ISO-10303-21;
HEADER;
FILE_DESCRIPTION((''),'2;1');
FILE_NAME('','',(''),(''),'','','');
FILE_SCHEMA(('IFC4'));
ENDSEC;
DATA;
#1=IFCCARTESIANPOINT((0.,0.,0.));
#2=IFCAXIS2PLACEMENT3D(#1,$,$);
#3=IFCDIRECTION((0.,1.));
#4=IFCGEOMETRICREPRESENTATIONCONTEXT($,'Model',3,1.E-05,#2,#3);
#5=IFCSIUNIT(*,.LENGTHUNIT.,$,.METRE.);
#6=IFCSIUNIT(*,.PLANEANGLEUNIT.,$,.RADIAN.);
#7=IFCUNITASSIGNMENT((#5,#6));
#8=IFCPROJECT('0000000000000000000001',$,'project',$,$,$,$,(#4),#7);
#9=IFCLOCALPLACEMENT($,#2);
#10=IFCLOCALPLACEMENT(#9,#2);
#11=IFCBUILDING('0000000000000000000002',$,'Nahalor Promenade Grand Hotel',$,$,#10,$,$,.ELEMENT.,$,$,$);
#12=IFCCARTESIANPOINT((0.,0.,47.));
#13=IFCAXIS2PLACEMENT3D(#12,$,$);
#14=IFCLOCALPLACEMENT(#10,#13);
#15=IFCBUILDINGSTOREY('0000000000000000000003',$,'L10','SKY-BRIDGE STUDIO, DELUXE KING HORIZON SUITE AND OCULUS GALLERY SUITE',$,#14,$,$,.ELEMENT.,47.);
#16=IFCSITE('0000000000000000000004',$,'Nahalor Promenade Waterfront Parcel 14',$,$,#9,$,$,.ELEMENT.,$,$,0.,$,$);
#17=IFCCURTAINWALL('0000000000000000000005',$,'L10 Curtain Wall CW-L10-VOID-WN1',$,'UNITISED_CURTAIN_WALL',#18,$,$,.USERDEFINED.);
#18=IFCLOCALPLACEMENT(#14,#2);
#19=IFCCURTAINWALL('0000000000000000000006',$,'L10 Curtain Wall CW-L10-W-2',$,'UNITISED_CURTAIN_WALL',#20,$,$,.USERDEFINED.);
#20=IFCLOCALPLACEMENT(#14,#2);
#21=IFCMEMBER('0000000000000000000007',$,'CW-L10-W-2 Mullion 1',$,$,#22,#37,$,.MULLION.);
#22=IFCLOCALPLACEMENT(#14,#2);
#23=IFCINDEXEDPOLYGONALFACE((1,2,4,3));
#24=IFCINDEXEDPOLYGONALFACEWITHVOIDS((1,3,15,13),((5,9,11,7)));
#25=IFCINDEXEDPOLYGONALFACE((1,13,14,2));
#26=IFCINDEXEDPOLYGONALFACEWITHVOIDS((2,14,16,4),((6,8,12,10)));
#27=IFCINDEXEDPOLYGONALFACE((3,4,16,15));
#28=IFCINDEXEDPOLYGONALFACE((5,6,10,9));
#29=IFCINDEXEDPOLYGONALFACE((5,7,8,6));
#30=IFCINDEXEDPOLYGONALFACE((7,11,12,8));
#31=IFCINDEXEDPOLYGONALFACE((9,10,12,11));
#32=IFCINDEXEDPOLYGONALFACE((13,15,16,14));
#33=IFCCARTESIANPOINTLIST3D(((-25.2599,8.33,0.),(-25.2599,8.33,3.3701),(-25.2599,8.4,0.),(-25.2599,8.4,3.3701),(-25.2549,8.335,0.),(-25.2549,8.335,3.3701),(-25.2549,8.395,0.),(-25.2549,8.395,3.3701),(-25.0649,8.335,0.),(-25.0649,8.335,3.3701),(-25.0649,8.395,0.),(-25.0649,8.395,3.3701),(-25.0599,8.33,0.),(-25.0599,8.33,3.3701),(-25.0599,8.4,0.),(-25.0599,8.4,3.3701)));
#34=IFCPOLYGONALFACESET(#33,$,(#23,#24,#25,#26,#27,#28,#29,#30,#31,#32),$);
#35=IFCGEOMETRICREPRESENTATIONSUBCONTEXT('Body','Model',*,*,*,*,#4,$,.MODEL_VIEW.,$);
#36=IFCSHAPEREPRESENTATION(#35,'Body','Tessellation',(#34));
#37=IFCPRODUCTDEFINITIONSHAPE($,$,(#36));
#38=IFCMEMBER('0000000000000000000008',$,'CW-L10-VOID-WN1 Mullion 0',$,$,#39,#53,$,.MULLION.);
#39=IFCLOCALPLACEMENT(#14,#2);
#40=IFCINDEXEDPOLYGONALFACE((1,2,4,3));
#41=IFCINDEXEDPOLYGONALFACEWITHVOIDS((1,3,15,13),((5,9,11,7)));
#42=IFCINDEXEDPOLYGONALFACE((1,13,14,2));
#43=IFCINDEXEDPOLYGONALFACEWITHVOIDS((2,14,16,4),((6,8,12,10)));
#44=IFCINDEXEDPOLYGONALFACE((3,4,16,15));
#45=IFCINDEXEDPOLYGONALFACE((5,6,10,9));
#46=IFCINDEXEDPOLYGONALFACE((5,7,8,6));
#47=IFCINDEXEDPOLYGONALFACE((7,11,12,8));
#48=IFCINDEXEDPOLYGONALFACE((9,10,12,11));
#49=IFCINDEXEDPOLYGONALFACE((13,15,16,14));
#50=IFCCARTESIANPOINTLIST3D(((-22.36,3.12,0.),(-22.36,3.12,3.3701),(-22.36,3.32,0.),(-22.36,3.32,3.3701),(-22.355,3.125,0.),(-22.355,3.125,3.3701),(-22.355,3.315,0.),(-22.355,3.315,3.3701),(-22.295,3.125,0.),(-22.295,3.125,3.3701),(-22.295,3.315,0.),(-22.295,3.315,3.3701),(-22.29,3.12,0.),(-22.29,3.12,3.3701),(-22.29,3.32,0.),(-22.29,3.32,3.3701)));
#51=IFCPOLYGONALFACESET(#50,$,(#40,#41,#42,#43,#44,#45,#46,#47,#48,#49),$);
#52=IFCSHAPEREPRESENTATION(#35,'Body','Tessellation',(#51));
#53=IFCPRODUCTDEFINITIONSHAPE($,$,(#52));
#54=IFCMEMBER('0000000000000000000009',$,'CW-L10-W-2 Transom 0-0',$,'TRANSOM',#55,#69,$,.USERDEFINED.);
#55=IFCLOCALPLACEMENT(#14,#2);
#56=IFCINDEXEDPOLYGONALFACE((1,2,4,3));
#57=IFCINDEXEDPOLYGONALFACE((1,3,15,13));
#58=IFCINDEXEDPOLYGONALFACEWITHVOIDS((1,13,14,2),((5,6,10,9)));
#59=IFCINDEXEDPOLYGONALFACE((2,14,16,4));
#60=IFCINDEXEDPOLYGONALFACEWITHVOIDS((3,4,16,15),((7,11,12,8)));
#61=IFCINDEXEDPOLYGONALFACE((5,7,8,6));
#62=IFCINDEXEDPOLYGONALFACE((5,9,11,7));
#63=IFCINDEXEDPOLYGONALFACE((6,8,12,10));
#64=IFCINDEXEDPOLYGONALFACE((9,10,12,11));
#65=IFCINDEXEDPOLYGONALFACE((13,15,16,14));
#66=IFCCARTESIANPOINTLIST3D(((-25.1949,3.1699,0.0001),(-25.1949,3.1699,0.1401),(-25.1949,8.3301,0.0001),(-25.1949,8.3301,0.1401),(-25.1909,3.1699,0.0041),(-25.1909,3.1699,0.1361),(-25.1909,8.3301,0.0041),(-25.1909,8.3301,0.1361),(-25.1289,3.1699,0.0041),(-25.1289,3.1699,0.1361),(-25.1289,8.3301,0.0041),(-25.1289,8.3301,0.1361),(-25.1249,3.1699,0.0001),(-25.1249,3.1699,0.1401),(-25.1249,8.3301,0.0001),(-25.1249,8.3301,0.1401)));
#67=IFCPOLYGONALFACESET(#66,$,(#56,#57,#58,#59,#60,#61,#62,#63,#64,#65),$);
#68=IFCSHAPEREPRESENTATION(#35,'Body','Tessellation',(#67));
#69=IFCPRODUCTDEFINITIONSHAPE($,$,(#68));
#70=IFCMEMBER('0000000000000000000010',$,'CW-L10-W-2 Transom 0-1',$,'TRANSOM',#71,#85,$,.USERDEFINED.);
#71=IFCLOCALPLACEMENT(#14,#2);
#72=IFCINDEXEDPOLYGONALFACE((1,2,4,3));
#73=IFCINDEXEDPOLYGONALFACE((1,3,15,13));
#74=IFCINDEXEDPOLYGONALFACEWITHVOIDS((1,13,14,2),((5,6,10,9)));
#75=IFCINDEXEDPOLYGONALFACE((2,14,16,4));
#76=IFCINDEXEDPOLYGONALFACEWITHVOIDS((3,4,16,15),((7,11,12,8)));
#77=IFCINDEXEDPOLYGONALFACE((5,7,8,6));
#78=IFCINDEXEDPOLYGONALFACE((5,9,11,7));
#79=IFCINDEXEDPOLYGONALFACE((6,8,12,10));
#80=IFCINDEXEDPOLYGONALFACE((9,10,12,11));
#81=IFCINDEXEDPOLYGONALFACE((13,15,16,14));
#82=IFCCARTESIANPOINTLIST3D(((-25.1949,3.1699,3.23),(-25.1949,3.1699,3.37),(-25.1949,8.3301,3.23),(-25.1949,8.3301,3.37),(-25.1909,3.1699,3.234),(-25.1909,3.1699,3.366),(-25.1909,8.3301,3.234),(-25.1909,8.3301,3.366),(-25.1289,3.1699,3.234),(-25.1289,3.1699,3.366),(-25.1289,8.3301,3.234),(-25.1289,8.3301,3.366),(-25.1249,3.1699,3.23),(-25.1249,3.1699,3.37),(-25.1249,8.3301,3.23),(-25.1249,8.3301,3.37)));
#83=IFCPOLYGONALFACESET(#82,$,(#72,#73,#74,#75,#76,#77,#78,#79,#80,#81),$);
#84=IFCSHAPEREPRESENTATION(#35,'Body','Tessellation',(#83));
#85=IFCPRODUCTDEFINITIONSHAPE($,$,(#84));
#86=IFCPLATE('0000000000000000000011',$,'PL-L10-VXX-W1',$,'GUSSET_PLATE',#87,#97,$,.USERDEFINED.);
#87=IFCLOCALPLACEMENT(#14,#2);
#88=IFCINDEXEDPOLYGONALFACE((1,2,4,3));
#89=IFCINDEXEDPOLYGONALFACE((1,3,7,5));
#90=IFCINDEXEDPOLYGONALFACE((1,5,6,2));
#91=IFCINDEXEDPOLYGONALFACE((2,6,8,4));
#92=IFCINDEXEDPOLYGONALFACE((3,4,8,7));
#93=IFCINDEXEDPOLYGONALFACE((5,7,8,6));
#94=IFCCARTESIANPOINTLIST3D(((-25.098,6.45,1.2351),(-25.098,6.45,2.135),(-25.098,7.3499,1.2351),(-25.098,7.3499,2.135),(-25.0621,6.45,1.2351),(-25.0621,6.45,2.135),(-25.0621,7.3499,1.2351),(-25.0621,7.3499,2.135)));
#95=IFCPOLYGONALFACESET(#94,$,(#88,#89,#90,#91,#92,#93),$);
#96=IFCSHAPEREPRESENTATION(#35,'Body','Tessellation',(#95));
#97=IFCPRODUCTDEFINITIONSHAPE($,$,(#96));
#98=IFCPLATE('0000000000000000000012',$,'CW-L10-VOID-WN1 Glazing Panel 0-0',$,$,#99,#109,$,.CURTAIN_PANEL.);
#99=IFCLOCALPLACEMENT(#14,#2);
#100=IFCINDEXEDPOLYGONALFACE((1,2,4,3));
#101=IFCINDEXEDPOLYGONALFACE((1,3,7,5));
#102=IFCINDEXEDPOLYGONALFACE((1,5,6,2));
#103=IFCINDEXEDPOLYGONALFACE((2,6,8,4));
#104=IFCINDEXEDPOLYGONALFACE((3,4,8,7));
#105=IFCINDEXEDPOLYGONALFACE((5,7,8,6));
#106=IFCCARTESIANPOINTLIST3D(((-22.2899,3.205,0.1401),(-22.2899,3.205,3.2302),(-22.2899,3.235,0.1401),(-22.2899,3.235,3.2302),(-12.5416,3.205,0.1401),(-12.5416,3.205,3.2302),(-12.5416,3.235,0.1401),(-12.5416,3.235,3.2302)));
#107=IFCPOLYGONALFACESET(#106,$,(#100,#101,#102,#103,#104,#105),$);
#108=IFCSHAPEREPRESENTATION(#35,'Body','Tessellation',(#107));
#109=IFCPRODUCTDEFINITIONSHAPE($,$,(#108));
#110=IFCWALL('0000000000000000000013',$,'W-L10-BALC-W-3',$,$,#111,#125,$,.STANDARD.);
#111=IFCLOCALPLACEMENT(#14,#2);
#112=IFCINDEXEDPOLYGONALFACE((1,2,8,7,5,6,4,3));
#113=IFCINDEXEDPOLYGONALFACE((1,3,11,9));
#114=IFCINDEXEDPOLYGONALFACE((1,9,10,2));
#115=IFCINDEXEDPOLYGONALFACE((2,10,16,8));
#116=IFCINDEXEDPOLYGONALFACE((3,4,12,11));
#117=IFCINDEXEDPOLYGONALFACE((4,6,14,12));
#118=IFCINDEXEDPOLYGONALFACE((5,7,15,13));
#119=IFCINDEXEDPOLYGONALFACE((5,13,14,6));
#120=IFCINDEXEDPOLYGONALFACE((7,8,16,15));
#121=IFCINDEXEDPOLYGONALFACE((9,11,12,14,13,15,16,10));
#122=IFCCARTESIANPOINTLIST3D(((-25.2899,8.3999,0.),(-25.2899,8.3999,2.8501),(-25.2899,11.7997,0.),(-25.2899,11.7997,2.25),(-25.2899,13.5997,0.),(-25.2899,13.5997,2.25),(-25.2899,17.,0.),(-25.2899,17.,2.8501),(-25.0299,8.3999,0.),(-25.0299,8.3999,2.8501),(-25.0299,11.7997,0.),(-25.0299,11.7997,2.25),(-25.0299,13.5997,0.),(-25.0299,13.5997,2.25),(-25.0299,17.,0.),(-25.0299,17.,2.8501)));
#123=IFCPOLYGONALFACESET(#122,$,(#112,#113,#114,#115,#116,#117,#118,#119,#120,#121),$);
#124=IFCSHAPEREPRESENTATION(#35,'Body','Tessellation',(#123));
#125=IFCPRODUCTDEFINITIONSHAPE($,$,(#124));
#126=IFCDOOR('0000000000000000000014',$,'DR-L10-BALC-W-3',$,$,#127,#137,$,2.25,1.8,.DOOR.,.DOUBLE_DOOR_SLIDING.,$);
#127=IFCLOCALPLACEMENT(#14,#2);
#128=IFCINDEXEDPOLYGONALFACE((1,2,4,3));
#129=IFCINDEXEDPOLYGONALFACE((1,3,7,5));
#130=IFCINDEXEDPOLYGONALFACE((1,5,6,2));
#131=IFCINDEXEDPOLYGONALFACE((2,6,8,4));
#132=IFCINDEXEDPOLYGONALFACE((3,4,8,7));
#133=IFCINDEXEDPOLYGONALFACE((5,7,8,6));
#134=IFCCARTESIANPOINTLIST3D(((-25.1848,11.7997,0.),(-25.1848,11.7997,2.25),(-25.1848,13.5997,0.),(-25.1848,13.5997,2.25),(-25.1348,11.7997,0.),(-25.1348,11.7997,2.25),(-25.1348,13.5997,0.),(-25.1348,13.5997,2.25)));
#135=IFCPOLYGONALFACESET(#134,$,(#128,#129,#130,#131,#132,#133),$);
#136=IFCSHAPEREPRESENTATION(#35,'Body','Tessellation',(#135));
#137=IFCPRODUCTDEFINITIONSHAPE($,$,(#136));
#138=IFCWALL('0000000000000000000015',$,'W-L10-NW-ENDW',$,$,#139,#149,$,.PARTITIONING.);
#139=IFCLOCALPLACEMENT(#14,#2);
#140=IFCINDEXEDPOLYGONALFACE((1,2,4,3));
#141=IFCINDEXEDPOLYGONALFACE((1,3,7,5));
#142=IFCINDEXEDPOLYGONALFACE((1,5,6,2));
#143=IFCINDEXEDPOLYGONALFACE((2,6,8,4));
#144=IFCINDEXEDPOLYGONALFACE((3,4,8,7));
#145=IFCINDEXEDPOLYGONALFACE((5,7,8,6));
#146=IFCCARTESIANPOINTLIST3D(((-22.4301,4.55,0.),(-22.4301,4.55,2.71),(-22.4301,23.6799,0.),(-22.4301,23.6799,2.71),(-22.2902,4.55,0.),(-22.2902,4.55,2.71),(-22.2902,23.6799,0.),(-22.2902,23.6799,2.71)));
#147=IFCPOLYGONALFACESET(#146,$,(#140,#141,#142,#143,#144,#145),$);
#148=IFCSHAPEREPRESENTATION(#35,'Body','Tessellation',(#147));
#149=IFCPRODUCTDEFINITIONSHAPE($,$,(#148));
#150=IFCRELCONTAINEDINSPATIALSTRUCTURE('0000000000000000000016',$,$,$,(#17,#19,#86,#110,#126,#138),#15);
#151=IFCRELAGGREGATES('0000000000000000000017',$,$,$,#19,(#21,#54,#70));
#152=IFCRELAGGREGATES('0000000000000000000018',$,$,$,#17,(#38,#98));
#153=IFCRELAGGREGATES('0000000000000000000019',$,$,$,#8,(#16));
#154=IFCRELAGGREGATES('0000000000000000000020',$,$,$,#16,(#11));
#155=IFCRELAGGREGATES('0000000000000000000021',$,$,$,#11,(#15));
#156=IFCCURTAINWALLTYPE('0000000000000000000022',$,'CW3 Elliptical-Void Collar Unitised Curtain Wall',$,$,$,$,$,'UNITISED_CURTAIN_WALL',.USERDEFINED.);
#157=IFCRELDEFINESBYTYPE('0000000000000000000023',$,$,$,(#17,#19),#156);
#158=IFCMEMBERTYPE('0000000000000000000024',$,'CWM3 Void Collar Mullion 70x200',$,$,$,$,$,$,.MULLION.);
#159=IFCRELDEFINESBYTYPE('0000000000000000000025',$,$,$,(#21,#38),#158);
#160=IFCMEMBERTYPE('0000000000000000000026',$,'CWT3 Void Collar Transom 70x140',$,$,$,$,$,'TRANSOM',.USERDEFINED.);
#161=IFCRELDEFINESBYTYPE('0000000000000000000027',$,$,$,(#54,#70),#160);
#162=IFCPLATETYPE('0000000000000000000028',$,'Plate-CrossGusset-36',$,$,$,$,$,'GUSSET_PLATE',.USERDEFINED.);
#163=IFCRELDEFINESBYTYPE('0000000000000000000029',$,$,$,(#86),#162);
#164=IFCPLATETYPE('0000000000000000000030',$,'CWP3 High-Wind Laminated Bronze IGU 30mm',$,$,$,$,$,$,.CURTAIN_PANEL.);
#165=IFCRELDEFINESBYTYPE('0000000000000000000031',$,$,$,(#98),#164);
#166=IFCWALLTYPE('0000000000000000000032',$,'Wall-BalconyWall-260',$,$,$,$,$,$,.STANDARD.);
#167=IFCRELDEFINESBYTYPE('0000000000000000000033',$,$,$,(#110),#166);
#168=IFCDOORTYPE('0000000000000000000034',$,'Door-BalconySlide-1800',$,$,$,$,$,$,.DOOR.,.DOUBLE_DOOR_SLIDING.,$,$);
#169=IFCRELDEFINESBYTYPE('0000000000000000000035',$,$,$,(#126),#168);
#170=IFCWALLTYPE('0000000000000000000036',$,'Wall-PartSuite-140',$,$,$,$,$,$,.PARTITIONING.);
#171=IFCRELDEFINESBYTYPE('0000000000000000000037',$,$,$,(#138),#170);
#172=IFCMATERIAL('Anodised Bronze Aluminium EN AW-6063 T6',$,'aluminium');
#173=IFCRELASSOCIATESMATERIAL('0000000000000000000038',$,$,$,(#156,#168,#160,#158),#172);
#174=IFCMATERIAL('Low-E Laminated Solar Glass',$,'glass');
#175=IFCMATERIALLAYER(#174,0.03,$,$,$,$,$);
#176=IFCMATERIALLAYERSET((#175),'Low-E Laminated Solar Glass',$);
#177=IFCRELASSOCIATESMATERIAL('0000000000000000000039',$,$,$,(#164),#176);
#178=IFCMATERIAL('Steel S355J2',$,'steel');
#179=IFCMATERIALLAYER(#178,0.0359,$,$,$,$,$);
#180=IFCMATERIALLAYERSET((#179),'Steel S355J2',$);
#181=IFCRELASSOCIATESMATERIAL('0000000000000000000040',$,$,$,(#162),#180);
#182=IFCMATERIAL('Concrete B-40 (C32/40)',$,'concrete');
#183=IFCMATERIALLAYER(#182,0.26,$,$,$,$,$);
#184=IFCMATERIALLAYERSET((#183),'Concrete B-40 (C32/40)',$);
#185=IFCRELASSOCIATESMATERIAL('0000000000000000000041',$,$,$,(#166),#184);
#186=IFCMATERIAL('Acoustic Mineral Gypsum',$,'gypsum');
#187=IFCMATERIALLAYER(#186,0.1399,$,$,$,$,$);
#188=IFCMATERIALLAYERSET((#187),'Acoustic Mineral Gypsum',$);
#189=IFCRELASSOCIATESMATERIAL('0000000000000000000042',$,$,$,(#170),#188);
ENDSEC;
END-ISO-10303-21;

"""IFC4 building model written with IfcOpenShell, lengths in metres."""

from ifc_helpers import new_model, si_unit, direction, frame, frame_2d, origin, origin_2d, place, context, subcontext, project, spatial, rectangle, hollow_rectangle, extrude, source, transform, mapped, material, layer, layer_set, material_profile, profile_set, type_object, element, fill, aggregate, save


model = new_model("IFC4")

# Units and contexts
model_context = context("Model", 3, precision=1e-05, world=origin(), true_north=direction((0.0, 1.0)))
body_context = subcontext(model_context, "Body", "Model", "MODEL_VIEW")
ifc_project = project(units=[si_unit("LENGTHUNIT", "METRE"), si_unit("PLANEANGLEUNIT", "RADIAN")], contexts=[model_context])

# Site, building, storey
site_placement = place(None, origin())
site = spatial("IfcSite", under=ifc_project, at=site_placement, Name="Nahalor Promenade Waterfront Parcel 14", CompositionType="ELEMENT", RefElevation=0.0)
building_placement = place(site_placement, origin())
building = spatial("IfcBuilding", under=site, at=building_placement, Name="Nahalor Promenade Grand Hotel", CompositionType="ELEMENT")
storey_placement = place(building_placement, frame((0.0, 0.0, 47.0)))
storey = spatial("IfcBuildingStorey", under=building, at=storey_placement, Name="L10", Description="SKY-BRIDGE STUDIO, DELUXE KING HORIZON SUITE AND OCULUS GALLERY SUITE", CompositionType="ELEMENT", Elevation=47.0)

# Shared definitions
ifc_material_1 = material(Name="Steel S355J2", Category="steel")

# Curtain walls, member
ifc_material_2 = material(Name="Anodised Bronze Aluminium EN AW-6063 T6", Category="aluminium")
curtain_wall_type = type_object("IfcCurtainWallType", Name="CW3 Elliptical-Void Collar Unitised Curtain Wall", ElementType="UNITISED_CURTAIN_WALL", PredefinedType="USERDEFINED", material=ifc_material_2)
curtain_wall_1_placement = place(storey_placement, origin())
curtain_wall_1 = element("IfcCurtainWall", 1, at=curtain_wall_1_placement, inside=storey, type_object=curtain_wall_type, Name="L10 Curtain Wall CW-L10-VOID-WN1", ObjectType="UNITISED_CURTAIN_WALL", PredefinedType="USERDEFINED")
ifc_material_profile_1 = material_profile(ifc_material_2, hollow_rectangle(XDim=0.07, YDim=0.14, WallThickness=0.004, at=origin_2d()), Name="CWT 70x140x4")
ifc_profile_set_1 = profile_set([ifc_material_profile_1], Name="Anodised Bronze Aluminium EN AW-6063 T6")
member_type_1 = type_object("IfcMemberType", Name="CWT3 Void Collar Transom 70x140", ElementType="TRANSOM", PredefinedType="USERDEFINED", material=ifc_profile_set_1)
curtain_wall_2_placement = place(storey_placement, origin())
curtain_wall_2 = element("IfcCurtainWall", 2, at=curtain_wall_2_placement, inside=storey, type_object=curtain_wall_type, Name="L10 Curtain Wall CW-L10-W-2", ObjectType="UNITISED_CURTAIN_WALL", PredefinedType="USERDEFINED")
ifc_material_profile_2 = material_profile(ifc_material_2, hollow_rectangle(XDim=0.07, YDim=0.2, WallThickness=0.005, at=origin_2d()), Name="CWM 70x200x5")
ifc_profile_set_2 = profile_set([ifc_material_profile_2], Name="Anodised Bronze Aluminium EN AW-6063 T6")
member_type_2 = type_object("IfcMemberType", Name="CWM3 Void Collar Mullion 70x200", PredefinedType="MULLION", material=ifc_profile_set_2)
shared_shape_1 = source(origin(), body_context, "Body", "SweptSolid", [
    extrude(hollow_rectangle(XDim=0.07, YDim=0.2, WallThickness=0.005, at=origin_2d()), origin(), (0.0, 0.0, 1.0), 3.3701),
])
member_1_placement = place(storey_placement, frame((-25.1599, 8.365, 0.0), z_axis=(0.0, 0.0, 1.0), x_axis=(0.0, 1.0, 0.0)))
member_1 = element("IfcMember", 3, at=member_1_placement, type_object=member_type_2, Name="CW-L10-W-2 Mullion 1", PredefinedType="MULLION", context=body_context, shape_type="MappedRepresentation", body=[
    mapped(shared_shape_1, transform((0.0, 0.0, 0.0), scale=1.0)),
])

# Members
member_2_placement = place(storey_placement, frame((-22.325, 3.22, 0.0), z_axis=(0.0, 0.0, 1.0), x_axis=(1.0, 0.0, 0.0)))
member_2 = element("IfcMember", 4, at=member_2_placement, type_object=member_type_2, Name="CW-L10-VOID-WN1 Mullion 0", PredefinedType="MULLION", context=body_context, shape_type="MappedRepresentation", body=[
    mapped(shared_shape_1, transform((0.0, 0.0, 0.0), scale=1.0)),
])
shared_shape_2 = source(origin(), body_context, "Body", "SweptSolid", [
    extrude(hollow_rectangle(XDim=0.07, YDim=0.14, WallThickness=0.004, at=origin_2d()), origin(), (0.0, 0.0, 1.0), 5.1602),
])
member_3_placement = place(storey_placement, frame((-25.1599, 3.1699, 0.0701), z_axis=(0.0, 1.0, 0.0), x_axis=(-1.0, 0.0, 0.0)))
member_3 = element("IfcMember", 5, at=member_3_placement, type_object=member_type_1, Name="CW-L10-W-2 Transom 0-0", ObjectType="TRANSOM", PredefinedType="USERDEFINED", context=body_context, shape_type="MappedRepresentation", body=[
    mapped(shared_shape_2, transform((0.0, 0.0, 0.0), scale=1.0)),
])
member_4_placement = place(storey_placement, frame((-25.1599, 3.1699, 3.3), z_axis=(0.0, 1.0, 0.0), x_axis=(-1.0, 0.0, 0.0)))
member_4 = element("IfcMember", 6, at=member_4_placement, type_object=member_type_1, Name="CW-L10-W-2 Transom 0-1", ObjectType="TRANSOM", PredefinedType="USERDEFINED", context=body_context, shape_type="MappedRepresentation", body=[
    mapped(shared_shape_2, transform((0.0, 0.0, 0.0), scale=1.0)),
])

# Plates
ifc_material_3 = material(Name="Low-E Laminated Solar Glass", Category="glass")
ifc_layer_1 = layer(ifc_material_3, 0.03)
ifc_layer_set_1 = layer_set([ifc_layer_1], Name="Low-E Laminated Solar Glass")
plate_type_1 = type_object("IfcPlateType", Name="CWP3 High-Wind Laminated Bronze IGU 30mm", PredefinedType="CURTAIN_PANEL", material=ifc_layer_set_1)
aggregate(curtain_wall_2, [member_1, member_3, member_4])
ifc_layer_2 = layer(ifc_material_1, 0.0359)
ifc_layer_set_2 = layer_set([ifc_layer_2], Name="Steel S355J2")
plate_type_2 = type_object("IfcPlateType", Name="Plate-CrossGusset-36", ElementType="GUSSET_PLATE", PredefinedType="USERDEFINED", material=ifc_layer_set_2)
shared_shape_3 = source(origin(), body_context, "Body", "SweptSolid", [
    extrude(rectangle(XDim=0.8999, YDim=0.0359, at=origin_2d()), origin(), (0.0, 0.0, 1.0), 0.8999),
])
plate_1_placement = place(storey_placement, frame((-25.0801, 6.8999, 1.2351), z_axis=(0.0, 0.0, 1.0), x_axis=(0.0, 1.0, 0.0)))
element("IfcPlate", 7, at=plate_1_placement, inside=storey, type_object=plate_type_2, Name="PL-L10-VXX-W1", ObjectType="GUSSET_PLATE", PredefinedType="USERDEFINED", context=body_context, shape_type="MappedRepresentation", body=[
    mapped(shared_shape_3, transform((0.0, 0.0, 0.0), scale=1.0)),
])
shared_shape_4 = source(origin(), body_context, "Body", "SweptSolid", [
    extrude(rectangle(XDim=9.7483, YDim=0.03, at=origin_2d()), origin(), (0.0, 0.0, 1.0), 3.0901),
])
plate_2_placement = place(storey_placement, frame((-17.4158, 3.22, 0.1401), z_axis=(0.0, 0.0, 1.0), x_axis=(1.0, 0.0, 0.0)))
plate_2 = element("IfcPlate", 8, at=plate_2_placement, type_object=plate_type_1, Name="CW-L10-VOID-WN1 Glazing Panel 0-0", PredefinedType="CURTAIN_PANEL", context=body_context, shape_type="MappedRepresentation", body=[
    mapped(shared_shape_4, transform((0.0, 0.0, 0.0), scale=1.0)),
])
aggregate(curtain_wall_1, [member_2, plate_2])

# Wall, opening, door
ifc_material_4 = material(Name="Concrete B-40 (C32/40)", Category="concrete")
ifc_layer_3 = layer(ifc_material_4, 0.26)
ifc_layer_set_3 = layer_set([ifc_layer_3], Name="Concrete B-40 (C32/40)")
wall_type_1 = type_object("IfcWallType", Name="Wall-BalconyWall-260", PredefinedType="STANDARD", material=ifc_layer_set_3)
shared_shape_5 = source(origin(), body_context, "Body", "SweptSolid", [
    extrude(rectangle(XDim=8.6001, YDim=0.26, at=frame_2d((4.3, 0.0))), origin(), (0.0, 0.0, 1.0), 2.8501),
])
wall_1_placement = place(storey_placement, frame((-25.1599, 8.3999, 0.0), z_axis=(0.0, 0.0, 1.0), x_axis=(0.0, 1.0, 0.0)))
wall_1 = element("IfcWall", 9, at=wall_1_placement, inside=storey, type_object=wall_type_1, Name="W-L10-BALC-W-3", PredefinedType="STANDARD", context=body_context, shape_type="MappedRepresentation", body=[
    mapped(shared_shape_5, transform((0.0, 0.0, 0.0), scale=1.0)),
])
opening_1_placement = place(wall_1_placement, frame((3.3999, 0.0, 0.0)))
opening_1 = element("IfcOpeningElement", 10, at=opening_1_placement, cuts=wall_1, PredefinedType="OPENING", context=body_context, shape_type="SweptSolid", body=[
    extrude(rectangle(XDim=1.8, YDim=2.25, at=frame_2d((0.8999, 1.125))), frame((0.0, 0.1399, 0.0), z_axis=(0.0, -1.0, 0.0), x_axis=(1.0, 0.0, 0.0)), (0.0, 0.0, 1.0), 0.28),
])
door_type_1 = type_object("IfcDoorType", Name="Door-BalconySlide-1800", OperationType="DOUBLE_DOOR_SLIDING", PredefinedType="DOOR", material=ifc_material_2)
shared_shape_6 = source(origin(), body_context, "Body", "SweptSolid", [
    extrude(rectangle(XDim=1.8, YDim=2.25, at=frame_2d((0.8999, 1.125))), frame((0.0, 0.0249, 0.0), z_axis=(0.0, -1.0, 0.0), x_axis=(1.0, 0.0, 0.0)), (0.0, 0.0, 1.0), 0.05),
])
door_1_placement = place(opening_1_placement, origin())
door_1 = element("IfcDoor", 11, at=door_1_placement, inside=storey, type_object=door_type_1, Name="DR-L10-BALC-W-3", OperationType="DOUBLE_DOOR_SLIDING", OverallHeight=2.25, OverallWidth=1.8, PredefinedType="DOOR", context=body_context, shape_type="MappedRepresentation", body=[
    mapped(shared_shape_6, transform((0.0, 0.0, 0.0), scale=1.0)),
])
fill(opening_1, door_1)

# Shared definitions
ifc_material_5 = material(Name="Acoustic Mineral Gypsum", Category="gypsum")

# Wall
ifc_layer_4 = layer(ifc_material_5, 0.1399)
ifc_layer_set_4 = layer_set([ifc_layer_4], Name="Acoustic Mineral Gypsum")
wall_type_2 = type_object("IfcWallType", Name="Wall-PartSuite-140", PredefinedType="PARTITIONING", material=ifc_layer_set_4)
shared_shape_7 = source(origin(), body_context, "Body", "SweptSolid", [
    extrude(rectangle(XDim=19.1299, YDim=0.1399, at=frame_2d((9.5649, 0.0))), origin(), (0.0, 0.0, 1.0), 2.71),
])
wall_2_placement = place(storey_placement, frame((-22.3601, 4.55, 0.0), z_axis=(0.0, 0.0, 1.0), x_axis=(0.0, 1.0, 0.0)))
element("IfcWall", 12, at=wall_2_placement, inside=storey, type_object=wall_type_2, Name="W-L10-NW-ENDW", PredefinedType="PARTITIONING", context=body_context, shape_type="MappedRepresentation", body=[
    mapped(shared_shape_7, transform((0.0, 0.0, 0.0), scale=1.0)),
])

save(model, "model.ifc")
